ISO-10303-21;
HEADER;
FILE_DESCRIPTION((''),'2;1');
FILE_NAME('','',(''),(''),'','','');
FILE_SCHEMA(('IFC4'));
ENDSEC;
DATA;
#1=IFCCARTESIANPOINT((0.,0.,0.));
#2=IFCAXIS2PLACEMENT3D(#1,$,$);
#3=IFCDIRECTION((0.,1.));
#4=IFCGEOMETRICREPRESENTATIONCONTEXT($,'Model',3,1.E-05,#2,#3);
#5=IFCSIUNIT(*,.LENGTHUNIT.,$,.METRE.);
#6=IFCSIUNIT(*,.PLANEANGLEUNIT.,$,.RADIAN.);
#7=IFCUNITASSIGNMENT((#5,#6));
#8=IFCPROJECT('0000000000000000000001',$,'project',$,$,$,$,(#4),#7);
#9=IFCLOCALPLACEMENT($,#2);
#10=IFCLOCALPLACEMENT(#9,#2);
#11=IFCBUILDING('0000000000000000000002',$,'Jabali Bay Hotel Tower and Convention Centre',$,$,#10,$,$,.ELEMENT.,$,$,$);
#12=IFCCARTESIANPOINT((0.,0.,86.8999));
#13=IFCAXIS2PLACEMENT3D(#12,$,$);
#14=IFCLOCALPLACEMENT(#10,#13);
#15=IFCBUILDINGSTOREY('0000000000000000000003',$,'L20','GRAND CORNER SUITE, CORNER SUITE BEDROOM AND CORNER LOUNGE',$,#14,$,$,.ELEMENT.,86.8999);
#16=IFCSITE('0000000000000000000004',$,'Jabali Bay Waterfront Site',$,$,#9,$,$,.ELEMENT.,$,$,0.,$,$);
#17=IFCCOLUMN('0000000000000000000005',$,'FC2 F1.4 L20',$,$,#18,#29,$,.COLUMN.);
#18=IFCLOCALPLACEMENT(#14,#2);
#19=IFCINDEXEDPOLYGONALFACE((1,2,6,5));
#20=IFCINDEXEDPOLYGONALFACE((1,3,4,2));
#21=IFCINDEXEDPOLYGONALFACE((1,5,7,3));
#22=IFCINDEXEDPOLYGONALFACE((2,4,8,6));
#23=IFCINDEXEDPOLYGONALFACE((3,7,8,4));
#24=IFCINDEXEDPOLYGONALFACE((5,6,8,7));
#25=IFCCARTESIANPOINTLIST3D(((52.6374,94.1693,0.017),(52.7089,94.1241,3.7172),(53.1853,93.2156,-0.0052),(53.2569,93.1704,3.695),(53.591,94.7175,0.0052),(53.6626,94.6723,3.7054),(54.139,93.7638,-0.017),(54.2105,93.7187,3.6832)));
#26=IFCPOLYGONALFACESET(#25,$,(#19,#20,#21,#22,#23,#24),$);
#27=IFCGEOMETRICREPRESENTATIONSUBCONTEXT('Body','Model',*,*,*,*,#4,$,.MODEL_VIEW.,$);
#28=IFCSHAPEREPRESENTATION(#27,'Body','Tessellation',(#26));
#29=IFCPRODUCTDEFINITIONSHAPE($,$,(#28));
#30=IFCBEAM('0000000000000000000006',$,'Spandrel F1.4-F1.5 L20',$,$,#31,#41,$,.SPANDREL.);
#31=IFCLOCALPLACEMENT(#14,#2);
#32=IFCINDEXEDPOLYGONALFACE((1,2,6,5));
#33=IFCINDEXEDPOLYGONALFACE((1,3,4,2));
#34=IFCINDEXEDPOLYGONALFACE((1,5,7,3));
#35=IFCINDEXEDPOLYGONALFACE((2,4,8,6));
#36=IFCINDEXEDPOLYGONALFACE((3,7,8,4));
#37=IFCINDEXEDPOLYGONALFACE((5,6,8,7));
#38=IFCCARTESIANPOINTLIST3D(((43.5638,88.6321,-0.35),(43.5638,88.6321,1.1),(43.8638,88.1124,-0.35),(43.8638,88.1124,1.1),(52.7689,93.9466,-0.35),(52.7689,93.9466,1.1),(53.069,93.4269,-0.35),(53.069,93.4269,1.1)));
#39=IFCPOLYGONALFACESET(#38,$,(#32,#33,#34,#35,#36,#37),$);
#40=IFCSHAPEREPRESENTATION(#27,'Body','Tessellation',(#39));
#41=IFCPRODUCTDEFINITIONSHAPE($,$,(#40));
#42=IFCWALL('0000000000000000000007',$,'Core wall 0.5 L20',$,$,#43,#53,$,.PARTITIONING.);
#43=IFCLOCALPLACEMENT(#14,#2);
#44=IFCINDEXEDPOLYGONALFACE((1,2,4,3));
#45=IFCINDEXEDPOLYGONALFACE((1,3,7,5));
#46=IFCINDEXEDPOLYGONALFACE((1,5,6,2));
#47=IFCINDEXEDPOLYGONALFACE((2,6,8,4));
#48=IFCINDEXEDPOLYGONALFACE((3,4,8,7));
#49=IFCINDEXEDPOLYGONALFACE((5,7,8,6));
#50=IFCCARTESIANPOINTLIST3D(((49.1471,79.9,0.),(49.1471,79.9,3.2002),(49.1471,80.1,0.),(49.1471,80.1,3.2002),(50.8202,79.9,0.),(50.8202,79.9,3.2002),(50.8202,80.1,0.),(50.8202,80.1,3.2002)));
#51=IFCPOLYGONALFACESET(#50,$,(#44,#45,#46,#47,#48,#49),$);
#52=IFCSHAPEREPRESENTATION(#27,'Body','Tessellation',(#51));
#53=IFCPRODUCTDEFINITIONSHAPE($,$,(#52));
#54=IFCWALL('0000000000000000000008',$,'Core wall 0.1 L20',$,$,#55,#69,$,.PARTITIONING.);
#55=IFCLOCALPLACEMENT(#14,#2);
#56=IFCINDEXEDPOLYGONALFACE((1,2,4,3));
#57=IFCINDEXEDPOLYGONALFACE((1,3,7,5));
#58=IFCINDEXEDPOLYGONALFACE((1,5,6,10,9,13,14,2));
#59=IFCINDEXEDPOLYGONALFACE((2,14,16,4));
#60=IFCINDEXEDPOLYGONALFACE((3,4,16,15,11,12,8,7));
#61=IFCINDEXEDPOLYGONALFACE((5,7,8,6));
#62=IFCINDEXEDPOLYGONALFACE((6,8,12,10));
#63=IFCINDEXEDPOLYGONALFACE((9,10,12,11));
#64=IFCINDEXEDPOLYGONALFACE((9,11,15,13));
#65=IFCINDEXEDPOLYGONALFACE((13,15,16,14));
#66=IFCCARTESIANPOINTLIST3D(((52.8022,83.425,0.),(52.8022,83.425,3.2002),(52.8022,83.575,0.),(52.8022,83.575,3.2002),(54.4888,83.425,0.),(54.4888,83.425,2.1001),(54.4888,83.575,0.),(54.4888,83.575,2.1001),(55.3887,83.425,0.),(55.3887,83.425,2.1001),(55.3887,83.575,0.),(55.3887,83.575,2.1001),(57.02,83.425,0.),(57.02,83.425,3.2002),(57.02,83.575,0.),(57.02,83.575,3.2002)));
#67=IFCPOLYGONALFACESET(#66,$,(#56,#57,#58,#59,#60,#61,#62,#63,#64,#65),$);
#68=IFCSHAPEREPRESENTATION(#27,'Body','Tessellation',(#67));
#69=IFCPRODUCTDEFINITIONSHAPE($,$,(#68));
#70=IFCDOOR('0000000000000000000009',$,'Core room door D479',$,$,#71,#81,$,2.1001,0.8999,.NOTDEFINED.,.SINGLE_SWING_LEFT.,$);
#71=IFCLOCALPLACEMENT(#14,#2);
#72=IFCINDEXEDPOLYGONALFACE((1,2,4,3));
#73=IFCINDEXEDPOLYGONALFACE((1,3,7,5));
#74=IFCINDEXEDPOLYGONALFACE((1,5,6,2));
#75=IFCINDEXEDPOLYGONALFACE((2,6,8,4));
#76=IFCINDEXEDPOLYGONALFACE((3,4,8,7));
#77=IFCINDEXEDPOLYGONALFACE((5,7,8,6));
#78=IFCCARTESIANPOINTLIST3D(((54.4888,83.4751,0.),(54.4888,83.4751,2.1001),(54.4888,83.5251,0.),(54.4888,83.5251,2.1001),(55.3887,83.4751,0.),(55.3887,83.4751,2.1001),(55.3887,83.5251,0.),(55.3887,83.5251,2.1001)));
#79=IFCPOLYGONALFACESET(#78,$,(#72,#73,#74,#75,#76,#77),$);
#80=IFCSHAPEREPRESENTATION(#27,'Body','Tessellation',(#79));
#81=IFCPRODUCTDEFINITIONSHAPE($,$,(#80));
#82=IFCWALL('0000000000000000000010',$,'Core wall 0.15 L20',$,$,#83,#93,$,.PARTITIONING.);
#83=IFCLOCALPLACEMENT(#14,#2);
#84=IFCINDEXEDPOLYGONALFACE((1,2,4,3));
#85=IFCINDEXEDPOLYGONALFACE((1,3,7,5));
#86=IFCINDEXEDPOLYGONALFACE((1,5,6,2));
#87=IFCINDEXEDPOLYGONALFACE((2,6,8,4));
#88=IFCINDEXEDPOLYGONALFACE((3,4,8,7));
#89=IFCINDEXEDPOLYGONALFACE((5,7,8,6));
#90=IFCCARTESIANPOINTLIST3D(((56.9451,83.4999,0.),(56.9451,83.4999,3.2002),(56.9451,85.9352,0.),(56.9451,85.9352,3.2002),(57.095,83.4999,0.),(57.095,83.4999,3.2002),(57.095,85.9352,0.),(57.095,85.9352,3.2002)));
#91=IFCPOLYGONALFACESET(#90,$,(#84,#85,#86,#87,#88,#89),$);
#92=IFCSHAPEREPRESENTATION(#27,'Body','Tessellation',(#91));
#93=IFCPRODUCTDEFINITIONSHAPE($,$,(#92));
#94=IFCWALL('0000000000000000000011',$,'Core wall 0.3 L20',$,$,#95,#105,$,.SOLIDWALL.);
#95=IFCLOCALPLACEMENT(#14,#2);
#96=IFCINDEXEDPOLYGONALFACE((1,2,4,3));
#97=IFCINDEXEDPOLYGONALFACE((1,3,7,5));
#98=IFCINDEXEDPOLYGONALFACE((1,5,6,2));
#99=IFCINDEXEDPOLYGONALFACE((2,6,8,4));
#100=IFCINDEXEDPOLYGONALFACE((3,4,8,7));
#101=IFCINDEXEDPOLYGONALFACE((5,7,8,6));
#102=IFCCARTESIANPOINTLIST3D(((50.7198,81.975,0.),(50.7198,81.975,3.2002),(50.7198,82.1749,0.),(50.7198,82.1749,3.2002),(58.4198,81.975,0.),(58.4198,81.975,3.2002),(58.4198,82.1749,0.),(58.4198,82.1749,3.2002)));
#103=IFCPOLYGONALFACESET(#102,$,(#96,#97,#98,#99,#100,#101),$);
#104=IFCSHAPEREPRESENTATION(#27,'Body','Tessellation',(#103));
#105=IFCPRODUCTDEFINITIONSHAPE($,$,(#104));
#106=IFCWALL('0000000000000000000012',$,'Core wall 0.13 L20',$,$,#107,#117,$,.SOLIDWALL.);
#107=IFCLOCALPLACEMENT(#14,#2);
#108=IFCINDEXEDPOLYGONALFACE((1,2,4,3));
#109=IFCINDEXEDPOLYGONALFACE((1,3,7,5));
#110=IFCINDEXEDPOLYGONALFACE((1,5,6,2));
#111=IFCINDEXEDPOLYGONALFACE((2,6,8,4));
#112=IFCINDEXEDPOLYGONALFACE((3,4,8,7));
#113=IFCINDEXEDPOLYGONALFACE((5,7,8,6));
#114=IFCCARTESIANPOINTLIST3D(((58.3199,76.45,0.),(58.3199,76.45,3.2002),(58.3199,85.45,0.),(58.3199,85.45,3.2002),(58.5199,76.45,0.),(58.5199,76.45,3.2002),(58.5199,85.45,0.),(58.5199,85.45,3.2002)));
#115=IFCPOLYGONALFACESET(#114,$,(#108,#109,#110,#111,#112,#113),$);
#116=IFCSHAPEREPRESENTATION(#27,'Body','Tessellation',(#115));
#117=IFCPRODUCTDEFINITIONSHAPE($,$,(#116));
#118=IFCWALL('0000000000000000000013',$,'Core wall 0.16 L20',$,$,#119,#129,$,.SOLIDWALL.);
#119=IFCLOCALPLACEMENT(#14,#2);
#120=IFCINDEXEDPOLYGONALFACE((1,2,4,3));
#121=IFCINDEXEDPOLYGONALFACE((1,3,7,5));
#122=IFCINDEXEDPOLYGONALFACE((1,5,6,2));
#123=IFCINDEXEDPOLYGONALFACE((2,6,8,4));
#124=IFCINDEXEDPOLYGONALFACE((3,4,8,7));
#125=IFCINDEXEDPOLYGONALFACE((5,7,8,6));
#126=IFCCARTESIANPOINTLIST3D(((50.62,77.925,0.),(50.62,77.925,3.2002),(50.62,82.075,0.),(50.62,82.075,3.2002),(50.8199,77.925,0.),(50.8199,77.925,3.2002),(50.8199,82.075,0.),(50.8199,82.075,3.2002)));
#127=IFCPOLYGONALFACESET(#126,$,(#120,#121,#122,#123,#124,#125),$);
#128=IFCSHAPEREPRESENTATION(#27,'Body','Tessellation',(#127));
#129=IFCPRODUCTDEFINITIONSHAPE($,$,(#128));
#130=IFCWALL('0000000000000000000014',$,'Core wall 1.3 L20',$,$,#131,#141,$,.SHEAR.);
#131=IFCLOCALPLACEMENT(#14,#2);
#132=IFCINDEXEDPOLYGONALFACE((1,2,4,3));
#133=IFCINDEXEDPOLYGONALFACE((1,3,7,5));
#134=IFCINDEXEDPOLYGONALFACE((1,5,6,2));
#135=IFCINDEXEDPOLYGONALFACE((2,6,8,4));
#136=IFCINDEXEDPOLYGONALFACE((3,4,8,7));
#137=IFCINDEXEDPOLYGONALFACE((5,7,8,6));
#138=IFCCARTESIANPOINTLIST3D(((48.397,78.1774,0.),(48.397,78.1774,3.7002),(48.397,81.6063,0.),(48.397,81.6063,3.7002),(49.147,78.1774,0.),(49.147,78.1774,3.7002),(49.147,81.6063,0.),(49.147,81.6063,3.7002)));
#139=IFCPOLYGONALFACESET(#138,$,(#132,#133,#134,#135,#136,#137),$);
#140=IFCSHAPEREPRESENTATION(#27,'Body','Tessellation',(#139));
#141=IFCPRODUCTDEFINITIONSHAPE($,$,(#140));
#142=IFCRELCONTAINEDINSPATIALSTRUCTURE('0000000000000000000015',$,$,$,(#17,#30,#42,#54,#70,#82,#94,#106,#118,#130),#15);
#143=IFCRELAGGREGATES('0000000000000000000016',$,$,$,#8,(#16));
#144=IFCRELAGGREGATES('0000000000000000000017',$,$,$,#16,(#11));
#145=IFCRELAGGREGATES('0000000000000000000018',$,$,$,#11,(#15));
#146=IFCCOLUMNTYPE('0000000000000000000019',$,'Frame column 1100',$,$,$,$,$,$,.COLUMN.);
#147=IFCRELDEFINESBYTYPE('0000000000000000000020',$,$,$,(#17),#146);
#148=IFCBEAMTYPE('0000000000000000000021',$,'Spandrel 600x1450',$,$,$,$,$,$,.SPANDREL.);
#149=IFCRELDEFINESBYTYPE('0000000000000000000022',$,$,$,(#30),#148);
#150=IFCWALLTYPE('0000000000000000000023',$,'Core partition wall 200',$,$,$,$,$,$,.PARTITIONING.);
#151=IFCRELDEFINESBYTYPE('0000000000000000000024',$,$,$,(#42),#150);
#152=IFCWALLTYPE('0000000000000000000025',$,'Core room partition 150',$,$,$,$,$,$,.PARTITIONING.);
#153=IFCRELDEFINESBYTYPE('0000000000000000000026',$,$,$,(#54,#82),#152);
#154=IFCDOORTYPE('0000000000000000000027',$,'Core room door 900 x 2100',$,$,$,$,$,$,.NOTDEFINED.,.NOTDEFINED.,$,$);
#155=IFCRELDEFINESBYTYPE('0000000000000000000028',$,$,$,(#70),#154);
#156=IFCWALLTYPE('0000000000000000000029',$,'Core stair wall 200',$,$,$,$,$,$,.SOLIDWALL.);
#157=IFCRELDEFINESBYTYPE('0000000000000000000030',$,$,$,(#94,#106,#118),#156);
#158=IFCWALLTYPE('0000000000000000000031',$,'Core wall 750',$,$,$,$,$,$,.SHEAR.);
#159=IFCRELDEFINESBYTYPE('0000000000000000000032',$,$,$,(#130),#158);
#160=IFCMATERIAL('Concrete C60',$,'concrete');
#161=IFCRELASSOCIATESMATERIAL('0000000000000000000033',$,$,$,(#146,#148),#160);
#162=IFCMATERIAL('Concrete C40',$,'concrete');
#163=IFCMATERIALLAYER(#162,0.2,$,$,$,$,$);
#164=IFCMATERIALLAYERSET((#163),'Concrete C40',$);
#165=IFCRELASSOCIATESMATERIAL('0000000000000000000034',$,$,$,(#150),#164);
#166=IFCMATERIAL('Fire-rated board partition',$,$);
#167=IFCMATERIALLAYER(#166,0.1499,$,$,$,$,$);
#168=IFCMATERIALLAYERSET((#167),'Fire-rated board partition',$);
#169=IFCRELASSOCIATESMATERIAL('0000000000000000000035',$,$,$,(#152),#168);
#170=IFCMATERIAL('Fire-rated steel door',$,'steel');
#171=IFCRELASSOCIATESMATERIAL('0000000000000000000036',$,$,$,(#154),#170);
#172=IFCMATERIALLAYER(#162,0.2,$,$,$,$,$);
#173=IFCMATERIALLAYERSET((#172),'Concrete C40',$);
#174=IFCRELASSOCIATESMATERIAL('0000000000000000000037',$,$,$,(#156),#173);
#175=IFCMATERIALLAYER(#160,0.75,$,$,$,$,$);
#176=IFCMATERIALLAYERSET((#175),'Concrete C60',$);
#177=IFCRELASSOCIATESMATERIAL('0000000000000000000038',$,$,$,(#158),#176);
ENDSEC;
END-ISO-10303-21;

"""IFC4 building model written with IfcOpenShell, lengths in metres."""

from ifc_helpers import new_model, si_unit, direction, frame, frame_2d, origin, origin_2d, place, context, subcontext, project, spatial, rectangle, extrude, material, layer, layer_set, material_profile, profile_set, type_object, element, fill, save


model = new_model("IFC4")

# Units and contexts
model_context = context("Model", 3, precision=1e-05, world=origin(), true_north=direction((0.0, 1.0)))
body_context = subcontext(model_context, "Body", "Model", "MODEL_VIEW")
ifc_project = project(units=[si_unit("LENGTHUNIT", "METRE"), si_unit("PLANEANGLEUNIT", "RADIAN")], contexts=[model_context])

# Site, building, storey
site_placement = place(None, origin())
site = spatial("IfcSite", under=ifc_project, at=site_placement, Name="Jabali Bay Waterfront Site", CompositionType="ELEMENT", RefElevation=0.0)
building_placement = place(site_placement, origin())
building = spatial("IfcBuilding", under=site, at=building_placement, Name="Jabali Bay Hotel Tower and Convention Centre", CompositionType="ELEMENT")
storey_placement = place(building_placement, frame((0.0, 0.0, 86.8999)))
storey = spatial("IfcBuildingStorey", under=building, at=storey_placement, Name="L20", Description="GRAND CORNER SUITE, CORNER SUITE BEDROOM AND CORNER LOUNGE", CompositionType="ELEMENT", Elevation=86.8999)

# Column
ifc_material_1 = material(Name="Concrete C60", Category="concrete")
ifc_material_profile_1 = material_profile(ifc_material_1, rectangle(XDim=1.1001, YDim=1.1001, at=origin_2d()), Name="Frame column 1100")
ifc_profile_set_1 = profile_set([ifc_material_profile_1], Name="Concrete C60")
column_type = type_object("IfcColumnType", Name="Frame column 1100", PredefinedType="COLUMN", material=ifc_profile_set_1)
column_placement = place(storey_placement, frame((53.3882, 93.9666, 0.0), z_axis=(0.019327, -0.012203, 0.999739), x_axis=(-0.498097, 0.866886, 0.020211)))
element("IfcColumn", 1, at=column_placement, inside=storey, type_object=column_type, Name="FC2 F1.4 L20", PredefinedType="COLUMN", context=body_context, shape_type="SweptSolid", body=[
    extrude(rectangle(XDim=1.1001, YDim=1.1001, at=origin_2d()), origin(), (0.0, 0.0, 1.0), 3.7012),
])

# Beam
ifc_material_profile_2 = material_profile(ifc_material_1, rectangle(XDim=0.6001, YDim=1.45, at=origin_2d()), Name="Spandrel 600x1450")
ifc_profile_set_2 = profile_set([ifc_material_profile_2], Name="Concrete C60")
beam_type = type_object("IfcBeamType", Name="Spandrel 600x1450", PredefinedType="SPANDREL", material=ifc_profile_set_2)
beam_placement = place(storey_placement, frame((52.9189, 93.6868, 0.375), z_axis=(-0.86603, -0.499993, 0.0), x_axis=(0.499993, -0.86603, 0.0)))
element("IfcBeam", 2, at=beam_placement, inside=storey, type_object=beam_type, Name="Spandrel F1.4-F1.5 L20", PredefinedType="SPANDREL", context=body_context, shape_type="SweptSolid", body=[
    extrude(rectangle(XDim=0.6001, YDim=1.45, at=origin_2d()), origin(), (0.0, 0.0, 1.0), 10.6292),
])

# Wall
ifc_material_2 = material(Name="Concrete C40", Category="concrete")
ifc_layer_1 = layer(ifc_material_2, 0.2)
ifc_layer_set_1 = layer_set([ifc_layer_1], Name="Concrete C40")
wall_type_1 = type_object("IfcWallType", Name="Core partition wall 200", PredefinedType="PARTITIONING", material=ifc_layer_set_1)
wall_1_placement = place(storey_placement, frame((50.8201, 80.0, 0.0), z_axis=(0.0, 0.0, 1.0), x_axis=(-1.0, 0.0, 0.0)))
element("IfcWall", 3, at=wall_1_placement, inside=storey, type_object=wall_type_1, Name="Core wall 0.5 L20", PredefinedType="PARTITIONING", context=body_context, shape_type="SweptSolid", body=[
    extrude(rectangle(XDim=1.6731, YDim=0.2, at=frame_2d((0.8364, 0.0))), origin(), (0.0, 0.0, 1.0), 3.2002),
])

# Wall, opening, door
ifc_material_3 = material(Name="Fire-rated board partition")
ifc_layer_2 = layer(ifc_material_3, 0.1499)
ifc_layer_set_2 = layer_set([ifc_layer_2], Name="Fire-rated board partition")
wall_type_2 = type_object("IfcWallType", Name="Core room partition 150", PredefinedType="PARTITIONING", material=ifc_layer_set_2)
wall_2_placement = place(storey_placement, frame((57.02, 83.5, 0.0), z_axis=(0.0, 0.0, 1.0), x_axis=(-1.0, 0.0, 0.0)))
wall_2 = element("IfcWall", 4, at=wall_2_placement, inside=storey, type_object=wall_type_2, Name="Core wall 0.1 L20", PredefinedType="PARTITIONING", context=body_context, shape_type="SweptSolid", body=[
    extrude(rectangle(XDim=4.2178, YDim=0.1499, at=frame_2d((2.1089, 0.0))), origin(), (0.0, 0.0, 1.0), 3.2002),
])
opening_placement = place(wall_2_placement, frame((1.6313, 0.0, 0.0)))
opening = element("IfcOpeningElement", 5, at=opening_placement, cuts=wall_2, PredefinedType="OPENING", context=body_context, shape_type="SweptSolid", body=[
    extrude(rectangle(XDim=0.8999, YDim=2.1001, at=frame_2d((0.45, 1.05))), frame((0.0, 0.0854, 0.0), z_axis=(0.0, -1.0, 0.0), x_axis=(1.0, 0.0, 0.0)), (0.0, 0.0, 1.0), 0.1709),
])
ifc_material_4 = material(Name="Fire-rated steel door", Category="steel")
door_type = type_object("IfcDoorType", Name="Core room door 900 x 2100", OperationType="NOTDEFINED", PredefinedType="NOTDEFINED", material=ifc_material_4)
door_placement = place(opening_placement, origin())
door = element("IfcDoor", 6, at=door_placement, inside=storey, type_object=door_type, Name="Core room door D479", OperationType="SINGLE_SWING_LEFT", OverallHeight=2.1001, OverallWidth=0.8999, PredefinedType="NOTDEFINED", context=body_context, shape_type="SweptSolid", body=[
    extrude(rectangle(XDim=0.8999, YDim=2.1001, at=frame_2d((0.45, 1.05))), frame((0.0, 0.0249, 0.0), z_axis=(0.0, -1.0, 0.0), x_axis=(1.0, 0.0, 0.0)), (0.0, 0.0, 1.0), 0.05),
])
fill(opening, door)

# Walls
wall_3_placement = place(storey_placement, frame((57.02, 85.9353, 0.0), z_axis=(0.0, 0.0, 1.0), x_axis=(0.0, -1.0, 0.0)))
element("IfcWall", 7, at=wall_3_placement, inside=storey, type_object=wall_type_2, Name="Core wall 0.15 L20", PredefinedType="PARTITIONING", context=body_context, shape_type="SweptSolid", body=[
    extrude(rectangle(XDim=2.4353, YDim=0.1499, at=frame_2d((1.2178, 0.0))), origin(), (0.0, 0.0, 1.0), 3.2002),
])
ifc_layer_3 = layer(ifc_material_2, 0.2)
ifc_layer_set_3 = layer_set([ifc_layer_3], Name="Concrete C40")
wall_type_3 = type_object("IfcWallType", Name="Core stair wall 200", PredefinedType="SOLIDWALL", material=ifc_layer_set_3)
wall_4_placement = place(storey_placement, frame((58.4199, 82.075, 0.0), z_axis=(0.0, 0.0, 1.0), x_axis=(-1.0, 0.0, 0.0)))
element("IfcWall", 8, at=wall_4_placement, inside=storey, type_object=wall_type_3, Name="Core wall 0.3 L20", PredefinedType="SOLIDWALL", context=body_context, shape_type="SweptSolid", body=[
    extrude(rectangle(XDim=7.7, YDim=0.2, at=frame_2d((3.8501, 0.0))), origin(), (0.0, 0.0, 1.0), 3.2002),
])
wall_5_placement = place(storey_placement, frame((58.4199, 85.45, 0.0), z_axis=(0.0, 0.0, 1.0), x_axis=(0.0, -1.0, 0.0)))
element("IfcWall", 9, at=wall_5_placement, inside=storey, type_object=wall_type_3, Name="Core wall 0.13 L20", PredefinedType="SOLIDWALL", context=body_context, shape_type="SweptSolid", body=[
    extrude(rectangle(XDim=9.0, YDim=0.2, at=frame_2d((4.5, 0.0))), origin(), (0.0, 0.0, 1.0), 3.2002),
])
wall_6_placement = place(storey_placement, frame((50.72, 82.075, 0.0), z_axis=(0.0, 0.0, 1.0), x_axis=(0.0, -1.0, 0.0)))
element("IfcWall", 10, at=wall_6_placement, inside=storey, type_object=wall_type_3, Name="Core wall 0.16 L20", PredefinedType="SOLIDWALL", context=body_context, shape_type="SweptSolid", body=[
    extrude(rectangle(XDim=4.1499, YDim=0.2, at=frame_2d((2.075, 0.0))), origin(), (0.0, 0.0, 1.0), 3.2002),
])
ifc_layer_4 = layer(ifc_material_1, 0.75)
ifc_layer_set_4 = layer_set([ifc_layer_4], Name="Concrete C60")
wall_type_4 = type_object("IfcWallType", Name="Core wall 750", PredefinedType="SHEAR", material=ifc_layer_set_4)
wall_7_placement = place(storey_placement, frame((48.772, 81.6062, 0.0), z_axis=(0.0, 0.0, 1.0), x_axis=(0.0, -1.0, 0.0)))
element("IfcWall", 11, at=wall_7_placement, inside=storey, type_object=wall_type_4, Name="Core wall 1.3 L20", PredefinedType="SHEAR", context=body_context, shape_type="SweptSolid", body=[
    extrude(rectangle(XDim=3.429, YDim=0.75, at=frame_2d((1.7144, 0.0))), origin(), (0.0, 0.0, 1.0), 3.7002),
])

save(model, "model.ifc")
